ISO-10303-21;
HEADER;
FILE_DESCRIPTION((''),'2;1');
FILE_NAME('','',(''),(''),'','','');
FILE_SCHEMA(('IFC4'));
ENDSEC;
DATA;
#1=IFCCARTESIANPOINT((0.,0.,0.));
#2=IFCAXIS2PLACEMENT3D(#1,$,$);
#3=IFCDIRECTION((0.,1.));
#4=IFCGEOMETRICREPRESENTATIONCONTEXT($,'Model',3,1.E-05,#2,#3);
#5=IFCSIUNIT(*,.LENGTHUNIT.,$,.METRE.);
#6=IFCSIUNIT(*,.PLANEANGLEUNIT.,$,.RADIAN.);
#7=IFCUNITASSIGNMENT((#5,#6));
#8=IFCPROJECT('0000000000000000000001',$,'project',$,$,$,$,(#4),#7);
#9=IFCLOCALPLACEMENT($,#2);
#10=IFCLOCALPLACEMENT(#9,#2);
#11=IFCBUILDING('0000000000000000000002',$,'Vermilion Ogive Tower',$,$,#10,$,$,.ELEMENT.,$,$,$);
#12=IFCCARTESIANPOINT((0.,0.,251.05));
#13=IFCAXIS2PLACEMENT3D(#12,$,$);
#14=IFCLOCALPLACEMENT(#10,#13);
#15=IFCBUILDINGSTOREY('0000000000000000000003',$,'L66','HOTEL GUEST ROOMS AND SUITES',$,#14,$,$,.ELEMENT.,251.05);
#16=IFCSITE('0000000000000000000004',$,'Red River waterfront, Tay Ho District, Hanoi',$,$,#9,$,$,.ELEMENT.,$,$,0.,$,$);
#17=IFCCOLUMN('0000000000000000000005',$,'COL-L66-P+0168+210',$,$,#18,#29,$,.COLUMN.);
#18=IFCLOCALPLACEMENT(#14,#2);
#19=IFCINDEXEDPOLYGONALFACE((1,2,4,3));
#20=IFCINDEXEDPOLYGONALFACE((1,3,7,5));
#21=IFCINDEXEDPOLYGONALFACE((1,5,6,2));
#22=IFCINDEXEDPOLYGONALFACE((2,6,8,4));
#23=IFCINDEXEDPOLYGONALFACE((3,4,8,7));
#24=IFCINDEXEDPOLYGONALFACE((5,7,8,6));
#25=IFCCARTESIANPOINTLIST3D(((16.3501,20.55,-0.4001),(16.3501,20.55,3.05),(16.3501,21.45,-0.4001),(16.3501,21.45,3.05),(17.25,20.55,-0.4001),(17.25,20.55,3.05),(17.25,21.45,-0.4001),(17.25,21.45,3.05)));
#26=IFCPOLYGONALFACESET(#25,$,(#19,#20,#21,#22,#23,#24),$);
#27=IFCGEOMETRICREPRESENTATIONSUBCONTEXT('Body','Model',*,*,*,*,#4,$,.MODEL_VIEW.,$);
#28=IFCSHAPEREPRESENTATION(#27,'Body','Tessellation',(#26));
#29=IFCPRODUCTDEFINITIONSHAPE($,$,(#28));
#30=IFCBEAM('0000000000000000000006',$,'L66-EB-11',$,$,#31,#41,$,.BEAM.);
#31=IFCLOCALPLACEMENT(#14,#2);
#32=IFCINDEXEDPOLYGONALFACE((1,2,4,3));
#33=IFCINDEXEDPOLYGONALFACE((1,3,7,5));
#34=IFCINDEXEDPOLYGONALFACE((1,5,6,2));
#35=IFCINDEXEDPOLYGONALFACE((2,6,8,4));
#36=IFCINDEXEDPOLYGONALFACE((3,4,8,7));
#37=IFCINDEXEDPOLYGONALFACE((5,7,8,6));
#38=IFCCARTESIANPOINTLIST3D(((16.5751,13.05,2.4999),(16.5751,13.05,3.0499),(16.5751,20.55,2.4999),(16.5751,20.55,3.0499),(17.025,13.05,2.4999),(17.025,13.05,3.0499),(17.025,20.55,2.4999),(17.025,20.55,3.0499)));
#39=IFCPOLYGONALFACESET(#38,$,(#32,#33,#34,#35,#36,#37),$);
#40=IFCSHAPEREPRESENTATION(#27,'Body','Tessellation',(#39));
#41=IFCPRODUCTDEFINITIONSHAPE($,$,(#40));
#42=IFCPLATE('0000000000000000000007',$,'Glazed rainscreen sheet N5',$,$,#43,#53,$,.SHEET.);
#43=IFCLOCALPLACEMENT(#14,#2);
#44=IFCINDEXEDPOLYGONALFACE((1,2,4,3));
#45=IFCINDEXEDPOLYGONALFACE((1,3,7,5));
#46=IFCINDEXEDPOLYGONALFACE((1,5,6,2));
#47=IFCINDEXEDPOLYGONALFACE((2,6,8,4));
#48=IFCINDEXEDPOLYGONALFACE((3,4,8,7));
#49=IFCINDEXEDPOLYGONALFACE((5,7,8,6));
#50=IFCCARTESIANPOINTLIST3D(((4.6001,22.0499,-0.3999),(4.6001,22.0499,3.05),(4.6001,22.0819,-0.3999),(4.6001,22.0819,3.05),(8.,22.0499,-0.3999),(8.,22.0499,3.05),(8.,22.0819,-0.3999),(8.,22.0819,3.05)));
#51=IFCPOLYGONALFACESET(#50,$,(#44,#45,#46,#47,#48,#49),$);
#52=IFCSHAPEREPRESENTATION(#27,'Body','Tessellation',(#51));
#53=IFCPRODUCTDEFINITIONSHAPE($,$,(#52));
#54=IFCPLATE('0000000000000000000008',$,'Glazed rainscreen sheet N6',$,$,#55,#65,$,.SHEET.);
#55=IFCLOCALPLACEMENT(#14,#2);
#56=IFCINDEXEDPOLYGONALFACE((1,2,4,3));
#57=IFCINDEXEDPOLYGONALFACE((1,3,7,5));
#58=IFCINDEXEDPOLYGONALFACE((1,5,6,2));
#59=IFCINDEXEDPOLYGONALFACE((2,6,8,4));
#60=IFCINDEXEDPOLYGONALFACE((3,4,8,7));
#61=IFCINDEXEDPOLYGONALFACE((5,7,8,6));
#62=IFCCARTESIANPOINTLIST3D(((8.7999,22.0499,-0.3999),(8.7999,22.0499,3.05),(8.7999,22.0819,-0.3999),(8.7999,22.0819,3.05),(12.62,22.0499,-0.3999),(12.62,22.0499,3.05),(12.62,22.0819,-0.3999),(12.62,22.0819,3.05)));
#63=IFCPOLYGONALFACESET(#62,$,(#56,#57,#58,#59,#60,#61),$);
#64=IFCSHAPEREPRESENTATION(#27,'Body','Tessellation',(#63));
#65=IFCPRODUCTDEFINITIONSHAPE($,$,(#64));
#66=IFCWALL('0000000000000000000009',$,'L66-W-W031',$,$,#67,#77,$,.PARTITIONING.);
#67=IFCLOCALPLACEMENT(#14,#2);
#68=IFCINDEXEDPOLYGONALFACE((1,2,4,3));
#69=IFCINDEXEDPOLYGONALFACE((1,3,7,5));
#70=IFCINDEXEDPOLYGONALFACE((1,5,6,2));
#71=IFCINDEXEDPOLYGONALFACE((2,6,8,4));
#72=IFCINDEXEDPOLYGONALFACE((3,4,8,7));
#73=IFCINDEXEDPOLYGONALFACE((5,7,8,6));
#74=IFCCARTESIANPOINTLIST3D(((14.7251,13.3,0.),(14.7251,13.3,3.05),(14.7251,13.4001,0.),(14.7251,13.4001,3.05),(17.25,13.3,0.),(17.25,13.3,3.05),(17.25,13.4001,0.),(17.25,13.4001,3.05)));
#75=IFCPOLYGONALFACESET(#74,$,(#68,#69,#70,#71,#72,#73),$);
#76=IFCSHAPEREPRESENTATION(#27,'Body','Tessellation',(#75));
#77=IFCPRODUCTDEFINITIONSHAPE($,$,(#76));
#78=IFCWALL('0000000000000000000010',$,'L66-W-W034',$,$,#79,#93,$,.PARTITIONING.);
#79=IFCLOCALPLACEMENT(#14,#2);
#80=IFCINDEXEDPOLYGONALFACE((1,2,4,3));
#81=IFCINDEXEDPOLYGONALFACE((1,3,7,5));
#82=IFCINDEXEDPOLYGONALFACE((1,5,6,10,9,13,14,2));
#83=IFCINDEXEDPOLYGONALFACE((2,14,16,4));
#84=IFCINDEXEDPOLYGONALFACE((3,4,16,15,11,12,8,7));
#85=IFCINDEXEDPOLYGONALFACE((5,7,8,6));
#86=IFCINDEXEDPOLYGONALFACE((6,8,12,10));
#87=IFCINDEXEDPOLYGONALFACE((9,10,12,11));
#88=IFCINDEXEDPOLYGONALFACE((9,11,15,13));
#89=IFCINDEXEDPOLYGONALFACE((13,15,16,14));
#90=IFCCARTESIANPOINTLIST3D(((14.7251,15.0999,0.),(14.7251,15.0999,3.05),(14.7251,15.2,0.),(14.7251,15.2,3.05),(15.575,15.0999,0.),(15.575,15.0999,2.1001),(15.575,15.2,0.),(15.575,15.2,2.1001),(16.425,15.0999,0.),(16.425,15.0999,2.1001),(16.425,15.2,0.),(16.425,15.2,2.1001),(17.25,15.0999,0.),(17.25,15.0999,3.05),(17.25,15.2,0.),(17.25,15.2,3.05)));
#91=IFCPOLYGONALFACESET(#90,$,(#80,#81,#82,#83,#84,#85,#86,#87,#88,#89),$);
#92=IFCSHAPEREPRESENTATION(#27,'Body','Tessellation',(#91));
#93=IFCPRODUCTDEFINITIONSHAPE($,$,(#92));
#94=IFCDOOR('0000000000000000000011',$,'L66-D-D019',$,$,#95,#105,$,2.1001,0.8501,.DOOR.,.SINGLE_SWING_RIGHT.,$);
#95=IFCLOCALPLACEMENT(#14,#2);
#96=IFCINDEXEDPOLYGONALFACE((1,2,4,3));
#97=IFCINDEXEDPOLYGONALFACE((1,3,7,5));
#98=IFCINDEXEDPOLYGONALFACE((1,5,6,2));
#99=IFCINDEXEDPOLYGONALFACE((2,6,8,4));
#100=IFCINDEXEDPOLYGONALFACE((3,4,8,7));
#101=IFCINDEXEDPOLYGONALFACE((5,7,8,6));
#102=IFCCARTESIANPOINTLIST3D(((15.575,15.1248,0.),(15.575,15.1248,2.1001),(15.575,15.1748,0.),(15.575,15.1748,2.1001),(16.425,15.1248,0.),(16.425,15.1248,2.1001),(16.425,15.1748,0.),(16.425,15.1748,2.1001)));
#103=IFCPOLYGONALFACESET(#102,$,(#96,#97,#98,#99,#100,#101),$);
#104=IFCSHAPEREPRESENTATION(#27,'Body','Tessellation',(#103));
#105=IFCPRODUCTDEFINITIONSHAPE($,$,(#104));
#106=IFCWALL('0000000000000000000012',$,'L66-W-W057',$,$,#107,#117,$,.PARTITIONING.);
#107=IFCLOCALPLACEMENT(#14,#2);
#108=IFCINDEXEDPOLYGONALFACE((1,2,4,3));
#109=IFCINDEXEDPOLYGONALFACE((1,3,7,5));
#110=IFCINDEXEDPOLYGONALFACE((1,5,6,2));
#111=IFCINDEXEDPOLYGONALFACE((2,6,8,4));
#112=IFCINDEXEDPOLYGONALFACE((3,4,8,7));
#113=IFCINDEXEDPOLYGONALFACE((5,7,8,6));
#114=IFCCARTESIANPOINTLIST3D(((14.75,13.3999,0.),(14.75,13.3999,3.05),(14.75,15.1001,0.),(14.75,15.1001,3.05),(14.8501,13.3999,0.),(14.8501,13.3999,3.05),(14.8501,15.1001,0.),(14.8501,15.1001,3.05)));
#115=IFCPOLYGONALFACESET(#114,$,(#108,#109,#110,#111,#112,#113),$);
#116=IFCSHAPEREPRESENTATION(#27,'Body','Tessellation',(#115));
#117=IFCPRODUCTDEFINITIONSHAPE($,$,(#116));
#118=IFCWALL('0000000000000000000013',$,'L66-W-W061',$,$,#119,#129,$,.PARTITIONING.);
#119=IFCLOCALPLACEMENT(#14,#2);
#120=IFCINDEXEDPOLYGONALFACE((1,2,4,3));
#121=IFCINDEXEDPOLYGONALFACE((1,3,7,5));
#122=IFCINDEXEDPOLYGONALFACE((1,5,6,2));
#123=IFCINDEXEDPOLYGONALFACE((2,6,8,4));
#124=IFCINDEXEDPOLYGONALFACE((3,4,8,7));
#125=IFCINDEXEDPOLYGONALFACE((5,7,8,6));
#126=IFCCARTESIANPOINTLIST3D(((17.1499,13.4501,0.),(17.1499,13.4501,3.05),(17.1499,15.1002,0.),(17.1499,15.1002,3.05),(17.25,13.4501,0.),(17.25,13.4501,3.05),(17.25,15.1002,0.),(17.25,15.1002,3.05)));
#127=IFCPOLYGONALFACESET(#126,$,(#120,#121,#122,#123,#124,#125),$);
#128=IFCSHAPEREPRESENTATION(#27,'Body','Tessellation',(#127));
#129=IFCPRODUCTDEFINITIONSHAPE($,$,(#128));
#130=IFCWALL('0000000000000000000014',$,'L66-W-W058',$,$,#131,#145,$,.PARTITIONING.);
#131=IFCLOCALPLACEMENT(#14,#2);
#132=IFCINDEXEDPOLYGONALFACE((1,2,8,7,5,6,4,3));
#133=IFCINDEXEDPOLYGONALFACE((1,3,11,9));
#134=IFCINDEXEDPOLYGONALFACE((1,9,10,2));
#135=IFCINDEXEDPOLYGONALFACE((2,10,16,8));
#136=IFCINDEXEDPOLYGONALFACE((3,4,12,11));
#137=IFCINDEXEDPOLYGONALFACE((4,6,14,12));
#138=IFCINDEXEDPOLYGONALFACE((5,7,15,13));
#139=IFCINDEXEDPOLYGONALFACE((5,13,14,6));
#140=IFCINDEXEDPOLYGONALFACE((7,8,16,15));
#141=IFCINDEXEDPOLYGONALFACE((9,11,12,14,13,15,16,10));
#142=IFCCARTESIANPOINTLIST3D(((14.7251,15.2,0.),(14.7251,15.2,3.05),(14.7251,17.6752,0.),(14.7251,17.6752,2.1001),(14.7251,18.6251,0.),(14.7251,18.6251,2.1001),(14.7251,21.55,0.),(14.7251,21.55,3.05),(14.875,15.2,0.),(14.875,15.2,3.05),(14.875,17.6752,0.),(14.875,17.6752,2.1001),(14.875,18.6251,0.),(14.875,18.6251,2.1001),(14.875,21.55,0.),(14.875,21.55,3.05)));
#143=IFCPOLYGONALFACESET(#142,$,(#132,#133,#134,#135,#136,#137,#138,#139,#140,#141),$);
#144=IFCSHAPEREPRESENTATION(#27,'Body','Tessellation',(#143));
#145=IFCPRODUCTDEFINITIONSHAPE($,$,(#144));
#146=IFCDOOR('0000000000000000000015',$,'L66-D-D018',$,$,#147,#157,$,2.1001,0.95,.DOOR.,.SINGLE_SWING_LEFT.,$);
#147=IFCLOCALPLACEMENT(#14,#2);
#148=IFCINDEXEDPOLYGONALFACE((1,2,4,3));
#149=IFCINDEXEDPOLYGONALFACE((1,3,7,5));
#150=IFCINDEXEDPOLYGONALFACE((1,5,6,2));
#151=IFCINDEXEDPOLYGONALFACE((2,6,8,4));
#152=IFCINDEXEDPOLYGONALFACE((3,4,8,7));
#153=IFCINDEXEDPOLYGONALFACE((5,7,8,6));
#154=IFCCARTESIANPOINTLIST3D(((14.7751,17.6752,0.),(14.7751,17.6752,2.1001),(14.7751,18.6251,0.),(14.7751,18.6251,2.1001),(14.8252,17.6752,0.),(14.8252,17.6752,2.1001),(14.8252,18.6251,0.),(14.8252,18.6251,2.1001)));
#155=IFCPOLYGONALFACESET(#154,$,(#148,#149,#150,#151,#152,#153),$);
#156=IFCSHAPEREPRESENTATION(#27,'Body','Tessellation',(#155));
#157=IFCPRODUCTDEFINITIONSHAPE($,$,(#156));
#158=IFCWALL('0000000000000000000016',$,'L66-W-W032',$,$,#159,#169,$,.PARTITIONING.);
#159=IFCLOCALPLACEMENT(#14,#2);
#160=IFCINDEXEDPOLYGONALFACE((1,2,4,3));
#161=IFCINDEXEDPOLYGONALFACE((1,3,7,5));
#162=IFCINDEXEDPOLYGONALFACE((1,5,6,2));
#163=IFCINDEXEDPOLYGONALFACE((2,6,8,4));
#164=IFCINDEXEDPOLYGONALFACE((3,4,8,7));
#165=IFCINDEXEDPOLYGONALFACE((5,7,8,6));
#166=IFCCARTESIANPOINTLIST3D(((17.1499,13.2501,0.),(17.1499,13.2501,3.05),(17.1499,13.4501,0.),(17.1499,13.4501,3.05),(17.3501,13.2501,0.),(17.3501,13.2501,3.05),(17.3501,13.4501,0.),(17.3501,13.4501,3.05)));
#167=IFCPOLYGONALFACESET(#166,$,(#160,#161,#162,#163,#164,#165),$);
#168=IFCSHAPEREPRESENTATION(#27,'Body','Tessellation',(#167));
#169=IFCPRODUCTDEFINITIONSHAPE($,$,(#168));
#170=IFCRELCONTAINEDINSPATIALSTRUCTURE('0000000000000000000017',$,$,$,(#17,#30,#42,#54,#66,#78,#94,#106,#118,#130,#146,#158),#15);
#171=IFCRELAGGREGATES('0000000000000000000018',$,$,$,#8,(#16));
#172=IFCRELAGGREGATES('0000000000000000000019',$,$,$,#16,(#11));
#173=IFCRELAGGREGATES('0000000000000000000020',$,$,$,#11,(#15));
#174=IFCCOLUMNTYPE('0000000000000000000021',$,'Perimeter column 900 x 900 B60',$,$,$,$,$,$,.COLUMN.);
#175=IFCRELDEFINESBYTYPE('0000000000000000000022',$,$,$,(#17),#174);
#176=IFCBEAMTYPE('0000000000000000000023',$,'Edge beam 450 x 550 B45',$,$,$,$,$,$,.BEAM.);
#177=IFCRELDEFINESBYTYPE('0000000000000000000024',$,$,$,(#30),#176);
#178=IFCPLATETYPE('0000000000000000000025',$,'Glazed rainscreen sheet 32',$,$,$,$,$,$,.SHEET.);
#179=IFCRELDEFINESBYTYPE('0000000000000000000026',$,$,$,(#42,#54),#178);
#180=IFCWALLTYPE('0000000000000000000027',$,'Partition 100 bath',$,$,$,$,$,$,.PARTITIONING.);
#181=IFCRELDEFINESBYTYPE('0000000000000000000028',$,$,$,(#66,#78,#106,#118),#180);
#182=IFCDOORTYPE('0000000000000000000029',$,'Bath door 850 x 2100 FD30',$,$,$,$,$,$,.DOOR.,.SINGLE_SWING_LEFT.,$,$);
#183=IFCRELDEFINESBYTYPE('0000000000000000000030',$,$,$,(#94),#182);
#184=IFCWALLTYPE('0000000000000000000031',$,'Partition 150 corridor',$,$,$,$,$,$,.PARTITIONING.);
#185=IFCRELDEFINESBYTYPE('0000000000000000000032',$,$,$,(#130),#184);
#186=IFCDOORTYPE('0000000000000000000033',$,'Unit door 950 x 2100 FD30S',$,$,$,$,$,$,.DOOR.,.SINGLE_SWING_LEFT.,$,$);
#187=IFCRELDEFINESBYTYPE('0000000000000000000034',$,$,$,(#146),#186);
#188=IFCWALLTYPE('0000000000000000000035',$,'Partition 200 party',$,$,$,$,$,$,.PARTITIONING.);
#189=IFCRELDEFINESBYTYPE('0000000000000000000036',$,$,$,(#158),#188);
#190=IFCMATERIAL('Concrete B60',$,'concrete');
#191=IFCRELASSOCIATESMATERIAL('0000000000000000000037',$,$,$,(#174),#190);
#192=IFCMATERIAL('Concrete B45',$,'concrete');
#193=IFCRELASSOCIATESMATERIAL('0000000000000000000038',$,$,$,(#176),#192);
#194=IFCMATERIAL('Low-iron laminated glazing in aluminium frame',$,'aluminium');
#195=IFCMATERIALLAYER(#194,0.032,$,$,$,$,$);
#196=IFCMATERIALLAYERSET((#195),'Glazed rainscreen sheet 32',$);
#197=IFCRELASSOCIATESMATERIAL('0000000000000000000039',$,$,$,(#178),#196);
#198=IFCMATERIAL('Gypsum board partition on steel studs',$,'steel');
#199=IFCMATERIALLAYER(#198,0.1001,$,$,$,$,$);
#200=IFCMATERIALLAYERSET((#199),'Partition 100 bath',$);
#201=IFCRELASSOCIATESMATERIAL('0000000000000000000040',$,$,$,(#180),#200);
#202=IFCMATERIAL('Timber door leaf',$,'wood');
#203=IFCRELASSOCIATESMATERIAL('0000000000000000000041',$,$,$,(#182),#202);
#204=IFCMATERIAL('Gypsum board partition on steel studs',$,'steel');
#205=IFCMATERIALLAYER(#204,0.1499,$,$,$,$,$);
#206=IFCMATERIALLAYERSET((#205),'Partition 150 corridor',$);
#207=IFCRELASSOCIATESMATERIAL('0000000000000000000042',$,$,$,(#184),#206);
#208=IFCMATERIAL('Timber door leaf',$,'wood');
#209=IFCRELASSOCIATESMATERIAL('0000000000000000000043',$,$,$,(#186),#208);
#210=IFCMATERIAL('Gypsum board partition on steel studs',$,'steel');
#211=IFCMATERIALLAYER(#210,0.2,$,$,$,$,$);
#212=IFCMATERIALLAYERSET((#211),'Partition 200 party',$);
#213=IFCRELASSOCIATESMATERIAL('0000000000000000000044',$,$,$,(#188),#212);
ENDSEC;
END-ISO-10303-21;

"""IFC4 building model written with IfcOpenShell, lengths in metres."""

from ifc_helpers import new_model, si_unit, direction, frame, frame_2d, origin, origin_2d, place, context, subcontext, project, spatial, rectangle, extrude, material, layer, layer_set, material_profile, profile_set, type_object, element, fill, save


model = new_model("IFC4")

# Units and contexts
model_context = context("Model", 3, precision=1e-05, world=origin(), true_north=direction((0.0, 1.0)))
body_context = subcontext(model_context, "Body", "Model", "MODEL_VIEW")
ifc_project = project(units=[si_unit("LENGTHUNIT", "METRE"), si_unit("PLANEANGLEUNIT", "RADIAN")], contexts=[model_context])

# Site, building, storey
site_placement = place(None, origin())
site = spatial("IfcSite", under=ifc_project, at=site_placement, Name="Red River waterfront, Tay Ho District, Hanoi", CompositionType="ELEMENT", RefElevation=0.0)
building_placement = place(site_placement, origin())
building = spatial("IfcBuilding", under=site, at=building_placement, Name="Vermilion Ogive Tower", CompositionType="ELEMENT")
storey_placement = place(building_placement, frame((0.0, 0.0, 251.05)))
storey = spatial("IfcBuildingStorey", under=building, at=storey_placement, Name="L66", Description="HOTEL GUEST ROOMS AND SUITES", CompositionType="ELEMENT", Elevation=251.05)

# Column
ifc_material_1 = material(Name="Concrete B60", Category="concrete")
ifc_material_profile_1 = material_profile(ifc_material_1, rectangle(XDim=0.8999, YDim=0.8999, at=origin_2d()), Name="900 x 900")
ifc_profile_set_1 = profile_set([ifc_material_profile_1], Name="Concrete B60")
column_type = type_object("IfcColumnType", Name="Perimeter column 900 x 900 B60", PredefinedType="COLUMN", material=ifc_profile_set_1)
column_placement = place(storey_placement, frame((16.8, 21.0, -0.4001), z_axis=(0.0, 0.0, 1.0), x_axis=(1.0, 0.0, 0.0)))
element("IfcColumn", 1, at=column_placement, inside=storey, type_object=column_type, Name="COL-L66-P+0168+210", PredefinedType="COLUMN", context=body_context, shape_type="SweptSolid", body=[
    extrude(rectangle(XDim=0.8999, YDim=0.8999, at=origin_2d()), origin(), (0.0, 0.0, 1.0), 3.4502),
])

# Beam
ifc_material_2 = material(Name="Concrete B45", Category="concrete")
ifc_material_profile_2 = material_profile(ifc_material_2, rectangle(XDim=0.45, YDim=0.55, at=origin_2d()), Name="450 x 550")
ifc_profile_set_2 = profile_set([ifc_material_profile_2], Name="Concrete B45")
beam_type = type_object("IfcBeamType", Name="Edge beam 450 x 550 B45", PredefinedType="BEAM", material=ifc_profile_set_2)
beam_placement = place(storey_placement, frame((16.8, 13.05, 2.7749), z_axis=(0.0, 1.0, 0.0), x_axis=(-1.0, 0.0, 0.0)))
element("IfcBeam", 2, at=beam_placement, inside=storey, type_object=beam_type, Name="L66-EB-11", PredefinedType="BEAM", context=body_context, shape_type="SweptSolid", body=[
    extrude(rectangle(XDim=0.45, YDim=0.55, at=origin_2d()), origin(), (0.0, 0.0, 1.0), 7.5),
])

# Plates
ifc_material_3 = material(Name="Low-iron laminated glazing in aluminium frame", Category="aluminium")
ifc_layer_1 = layer(ifc_material_3, 0.032)
ifc_layer_set_1 = layer_set([ifc_layer_1], Name="Glazed rainscreen sheet 32")
plate_type = type_object("IfcPlateType", Name="Glazed rainscreen sheet 32", PredefinedType="SHEET", material=ifc_layer_set_1)
plate_1_placement = place(storey_placement, frame((6.3, 22.0659, -0.3999), z_axis=(0.0, 0.0, 1.0), x_axis=(1.0, 0.0, 0.0)))
element("IfcPlate", 3, at=plate_1_placement, inside=storey, type_object=plate_type, Name="Glazed rainscreen sheet N5", PredefinedType="SHEET", context=body_context, shape_type="SweptSolid", body=[
    extrude(rectangle(XDim=3.3999, YDim=0.032, at=origin_2d()), origin(), (0.0, 0.0, 1.0), 3.45),
])
plate_2_placement = place(storey_placement, frame((10.71, 22.0659, -0.3999), z_axis=(0.0, 0.0, 1.0), x_axis=(1.0, 0.0, 0.0)))
element("IfcPlate", 4, at=plate_2_placement, inside=storey, type_object=plate_type, Name="Glazed rainscreen sheet N6", PredefinedType="SHEET", context=body_context, shape_type="SweptSolid", body=[
    extrude(rectangle(XDim=3.8201, YDim=0.032, at=origin_2d()), origin(), (0.0, 0.0, 1.0), 3.45),
])

# Wall
ifc_material_4 = material(Name="Gypsum board partition on steel studs", Category="steel")
ifc_layer_2 = layer(ifc_material_4, 0.1001)
ifc_layer_set_2 = layer_set([ifc_layer_2], Name="Partition 100 bath")
wall_type_1 = type_object("IfcWallType", Name="Partition 100 bath", PredefinedType="PARTITIONING", material=ifc_layer_set_2)
wall_1_placement = place(storey_placement, frame((14.7251, 13.3501, 0.0), z_axis=(0.0, 0.0, 1.0), x_axis=(1.0, 0.0, 0.0)))
element("IfcWall", 5, at=wall_1_placement, inside=storey, type_object=wall_type_1, Name="L66-W-W031", PredefinedType="PARTITIONING", context=body_context, shape_type="SweptSolid", body=[
    extrude(rectangle(XDim=2.5249, YDim=0.1001, at=frame_2d((1.2625, 0.0))), origin(), (0.0, 0.0, 1.0), 3.05),
])

# Wall, opening, door
wall_2_placement = place(storey_placement, frame((14.7251, 15.1499, 0.0), z_axis=(0.0, 0.0, 1.0), x_axis=(1.0, 0.0, 0.0)))
wall_2 = element("IfcWall", 6, at=wall_2_placement, inside=storey, type_object=wall_type_1, Name="L66-W-W034", PredefinedType="PARTITIONING", context=body_context, shape_type="SweptSolid", body=[
    extrude(rectangle(XDim=2.5249, YDim=0.1001, at=frame_2d((1.2625, 0.0))), origin(), (0.0, 0.0, 1.0), 3.05),
])
opening_1_placement = place(wall_2_placement, frame((0.8499, 0.0, 0.0)))
opening_1 = element("IfcOpeningElement", 7, at=opening_1_placement, cuts=wall_2, PredefinedType="OPENING", context=body_context, shape_type="SweptSolid", body=[
    extrude(rectangle(XDim=0.8501, YDim=2.1001, at=frame_2d((0.425, 1.05))), frame((0.0, 0.0601, 0.0), z_axis=(0.0, -1.0, 0.0), x_axis=(1.0, 0.0, 0.0)), (0.0, 0.0, 1.0), 0.1201),
])
ifc_material_5 = material(Name="Timber door leaf", Category="wood")
door_type_1 = type_object("IfcDoorType", Name="Bath door 850 x 2100 FD30", OperationType="SINGLE_SWING_LEFT", PredefinedType="DOOR", material=ifc_material_5)
door_1_placement = place(opening_1_placement, origin())
door_1 = element("IfcDoor", 8, at=door_1_placement, inside=storey, type_object=door_type_1, Name="L66-D-D019", OperationType="SINGLE_SWING_RIGHT", OverallHeight=2.1001, OverallWidth=0.8501, PredefinedType="DOOR", context=body_context, shape_type="SweptSolid", body=[
    extrude(rectangle(XDim=0.8501, YDim=2.1001, at=frame_2d((0.425, 1.05))), frame((0.0, 0.0249, 0.0), z_axis=(0.0, -1.0, 0.0), x_axis=(1.0, 0.0, 0.0)), (0.0, 0.0, 1.0), 0.05),
])
fill(opening_1, door_1)

# Walls
wall_3_placement = place(storey_placement, frame((14.8, 13.3999, 0.0), z_axis=(0.0, 0.0, 1.0), x_axis=(0.0, 1.0, 0.0)))
element("IfcWall", 9, at=wall_3_placement, inside=storey, type_object=wall_type_1, Name="L66-W-W057", PredefinedType="PARTITIONING", context=body_context, shape_type="SweptSolid", body=[
    extrude(rectangle(XDim=1.7002, YDim=0.1001, at=frame_2d((0.8501, 0.0))), origin(), (0.0, 0.0, 1.0), 3.05),
])
wall_4_placement = place(storey_placement, frame((17.2, 13.45, 0.0), z_axis=(0.0, 0.0, 1.0), x_axis=(0.0, 1.0, 0.0)))
element("IfcWall", 10, at=wall_4_placement, inside=storey, type_object=wall_type_1, Name="L66-W-W061", PredefinedType="PARTITIONING", context=body_context, shape_type="SweptSolid", body=[
    extrude(rectangle(XDim=1.6501, YDim=0.1001, at=frame_2d((0.8252, 0.0))), origin(), (0.0, 0.0, 1.0), 3.05),
])

# Wall, opening, door
ifc_material_6 = material(Name="Gypsum board partition on steel studs", Category="steel")
ifc_layer_3 = layer(ifc_material_6, 0.1499)
ifc_layer_set_3 = layer_set([ifc_layer_3], Name="Partition 150 corridor")
wall_type_2 = type_object("IfcWallType", Name="Partition 150 corridor", PredefinedType="PARTITIONING", material=ifc_layer_set_3)
wall_5_placement = place(storey_placement, frame((14.8, 15.2, 0.0), z_axis=(0.0, 0.0, 1.0), x_axis=(0.0, 1.0, 0.0)))
wall_5 = element("IfcWall", 11, at=wall_5_placement, inside=storey, type_object=wall_type_2, Name="L66-W-W058", PredefinedType="PARTITIONING", context=body_context, shape_type="SweptSolid", body=[
    extrude(rectangle(XDim=6.3501, YDim=0.1499, at=frame_2d((3.175, 0.0))), origin(), (0.0, 0.0, 1.0), 3.05),
])
opening_2_placement = place(wall_5_placement, frame((2.4751, 0.0, 0.0)))
opening_2 = element("IfcOpeningElement", 12, at=opening_2_placement, cuts=wall_5, PredefinedType="OPENING", context=body_context, shape_type="SweptSolid", body=[
    extrude(rectangle(XDim=0.95, YDim=2.1001, at=frame_2d((0.4751, 1.05))), frame((0.0, 0.085, 0.0), z_axis=(0.0, -1.0, 0.0), x_axis=(1.0, 0.0, 0.0)), (0.0, 0.0, 1.0), 0.1699),
])
ifc_material_7 = material(Name="Timber door leaf", Category="wood")
door_type_2 = type_object("IfcDoorType", Name="Unit door 950 x 2100 FD30S", OperationType="SINGLE_SWING_LEFT", PredefinedType="DOOR", material=ifc_material_7)
door_2_placement = place(opening_2_placement, origin())
door_2 = element("IfcDoor", 13, at=door_2_placement, inside=storey, type_object=door_type_2, Name="L66-D-D018", OperationType="SINGLE_SWING_LEFT", OverallHeight=2.1001, OverallWidth=0.95, PredefinedType="DOOR", context=body_context, shape_type="SweptSolid", body=[
    extrude(rectangle(XDim=0.95, YDim=2.1001, at=frame_2d((0.4751, 1.05))), frame((0.0, 0.0249, 0.0), z_axis=(0.0, -1.0, 0.0), x_axis=(1.0, 0.0, 0.0)), (0.0, 0.0, 1.0), 0.05),
])
fill(opening_2, door_2)

# Wall
ifc_material_8 = material(Name="Gypsum board partition on steel studs", Category="steel")
ifc_layer_4 = layer(ifc_material_8, 0.2)
ifc_layer_set_4 = layer_set([ifc_layer_4], Name="Partition 200 party")
wall_type_3 = type_object("IfcWallType", Name="Partition 200 party", PredefinedType="PARTITIONING", material=ifc_layer_set_4)
wall_6_placement = place(storey_placement, frame((17.1499, 13.3501, 0.0), z_axis=(0.0, 0.0, 1.0), x_axis=(1.0, 0.0, 0.0)))
element("IfcWall", 14, at=wall_6_placement, inside=storey, type_object=wall_type_3, Name="L66-W-W032", PredefinedType="PARTITIONING", context=body_context, shape_type="SweptSolid", body=[
    extrude(rectangle(XDim=0.2002, YDim=0.2, at=frame_2d((0.1001, 0.0))), origin(), (0.0, 0.0, 1.0), 3.05),
])

save(model, "model.ifc")
